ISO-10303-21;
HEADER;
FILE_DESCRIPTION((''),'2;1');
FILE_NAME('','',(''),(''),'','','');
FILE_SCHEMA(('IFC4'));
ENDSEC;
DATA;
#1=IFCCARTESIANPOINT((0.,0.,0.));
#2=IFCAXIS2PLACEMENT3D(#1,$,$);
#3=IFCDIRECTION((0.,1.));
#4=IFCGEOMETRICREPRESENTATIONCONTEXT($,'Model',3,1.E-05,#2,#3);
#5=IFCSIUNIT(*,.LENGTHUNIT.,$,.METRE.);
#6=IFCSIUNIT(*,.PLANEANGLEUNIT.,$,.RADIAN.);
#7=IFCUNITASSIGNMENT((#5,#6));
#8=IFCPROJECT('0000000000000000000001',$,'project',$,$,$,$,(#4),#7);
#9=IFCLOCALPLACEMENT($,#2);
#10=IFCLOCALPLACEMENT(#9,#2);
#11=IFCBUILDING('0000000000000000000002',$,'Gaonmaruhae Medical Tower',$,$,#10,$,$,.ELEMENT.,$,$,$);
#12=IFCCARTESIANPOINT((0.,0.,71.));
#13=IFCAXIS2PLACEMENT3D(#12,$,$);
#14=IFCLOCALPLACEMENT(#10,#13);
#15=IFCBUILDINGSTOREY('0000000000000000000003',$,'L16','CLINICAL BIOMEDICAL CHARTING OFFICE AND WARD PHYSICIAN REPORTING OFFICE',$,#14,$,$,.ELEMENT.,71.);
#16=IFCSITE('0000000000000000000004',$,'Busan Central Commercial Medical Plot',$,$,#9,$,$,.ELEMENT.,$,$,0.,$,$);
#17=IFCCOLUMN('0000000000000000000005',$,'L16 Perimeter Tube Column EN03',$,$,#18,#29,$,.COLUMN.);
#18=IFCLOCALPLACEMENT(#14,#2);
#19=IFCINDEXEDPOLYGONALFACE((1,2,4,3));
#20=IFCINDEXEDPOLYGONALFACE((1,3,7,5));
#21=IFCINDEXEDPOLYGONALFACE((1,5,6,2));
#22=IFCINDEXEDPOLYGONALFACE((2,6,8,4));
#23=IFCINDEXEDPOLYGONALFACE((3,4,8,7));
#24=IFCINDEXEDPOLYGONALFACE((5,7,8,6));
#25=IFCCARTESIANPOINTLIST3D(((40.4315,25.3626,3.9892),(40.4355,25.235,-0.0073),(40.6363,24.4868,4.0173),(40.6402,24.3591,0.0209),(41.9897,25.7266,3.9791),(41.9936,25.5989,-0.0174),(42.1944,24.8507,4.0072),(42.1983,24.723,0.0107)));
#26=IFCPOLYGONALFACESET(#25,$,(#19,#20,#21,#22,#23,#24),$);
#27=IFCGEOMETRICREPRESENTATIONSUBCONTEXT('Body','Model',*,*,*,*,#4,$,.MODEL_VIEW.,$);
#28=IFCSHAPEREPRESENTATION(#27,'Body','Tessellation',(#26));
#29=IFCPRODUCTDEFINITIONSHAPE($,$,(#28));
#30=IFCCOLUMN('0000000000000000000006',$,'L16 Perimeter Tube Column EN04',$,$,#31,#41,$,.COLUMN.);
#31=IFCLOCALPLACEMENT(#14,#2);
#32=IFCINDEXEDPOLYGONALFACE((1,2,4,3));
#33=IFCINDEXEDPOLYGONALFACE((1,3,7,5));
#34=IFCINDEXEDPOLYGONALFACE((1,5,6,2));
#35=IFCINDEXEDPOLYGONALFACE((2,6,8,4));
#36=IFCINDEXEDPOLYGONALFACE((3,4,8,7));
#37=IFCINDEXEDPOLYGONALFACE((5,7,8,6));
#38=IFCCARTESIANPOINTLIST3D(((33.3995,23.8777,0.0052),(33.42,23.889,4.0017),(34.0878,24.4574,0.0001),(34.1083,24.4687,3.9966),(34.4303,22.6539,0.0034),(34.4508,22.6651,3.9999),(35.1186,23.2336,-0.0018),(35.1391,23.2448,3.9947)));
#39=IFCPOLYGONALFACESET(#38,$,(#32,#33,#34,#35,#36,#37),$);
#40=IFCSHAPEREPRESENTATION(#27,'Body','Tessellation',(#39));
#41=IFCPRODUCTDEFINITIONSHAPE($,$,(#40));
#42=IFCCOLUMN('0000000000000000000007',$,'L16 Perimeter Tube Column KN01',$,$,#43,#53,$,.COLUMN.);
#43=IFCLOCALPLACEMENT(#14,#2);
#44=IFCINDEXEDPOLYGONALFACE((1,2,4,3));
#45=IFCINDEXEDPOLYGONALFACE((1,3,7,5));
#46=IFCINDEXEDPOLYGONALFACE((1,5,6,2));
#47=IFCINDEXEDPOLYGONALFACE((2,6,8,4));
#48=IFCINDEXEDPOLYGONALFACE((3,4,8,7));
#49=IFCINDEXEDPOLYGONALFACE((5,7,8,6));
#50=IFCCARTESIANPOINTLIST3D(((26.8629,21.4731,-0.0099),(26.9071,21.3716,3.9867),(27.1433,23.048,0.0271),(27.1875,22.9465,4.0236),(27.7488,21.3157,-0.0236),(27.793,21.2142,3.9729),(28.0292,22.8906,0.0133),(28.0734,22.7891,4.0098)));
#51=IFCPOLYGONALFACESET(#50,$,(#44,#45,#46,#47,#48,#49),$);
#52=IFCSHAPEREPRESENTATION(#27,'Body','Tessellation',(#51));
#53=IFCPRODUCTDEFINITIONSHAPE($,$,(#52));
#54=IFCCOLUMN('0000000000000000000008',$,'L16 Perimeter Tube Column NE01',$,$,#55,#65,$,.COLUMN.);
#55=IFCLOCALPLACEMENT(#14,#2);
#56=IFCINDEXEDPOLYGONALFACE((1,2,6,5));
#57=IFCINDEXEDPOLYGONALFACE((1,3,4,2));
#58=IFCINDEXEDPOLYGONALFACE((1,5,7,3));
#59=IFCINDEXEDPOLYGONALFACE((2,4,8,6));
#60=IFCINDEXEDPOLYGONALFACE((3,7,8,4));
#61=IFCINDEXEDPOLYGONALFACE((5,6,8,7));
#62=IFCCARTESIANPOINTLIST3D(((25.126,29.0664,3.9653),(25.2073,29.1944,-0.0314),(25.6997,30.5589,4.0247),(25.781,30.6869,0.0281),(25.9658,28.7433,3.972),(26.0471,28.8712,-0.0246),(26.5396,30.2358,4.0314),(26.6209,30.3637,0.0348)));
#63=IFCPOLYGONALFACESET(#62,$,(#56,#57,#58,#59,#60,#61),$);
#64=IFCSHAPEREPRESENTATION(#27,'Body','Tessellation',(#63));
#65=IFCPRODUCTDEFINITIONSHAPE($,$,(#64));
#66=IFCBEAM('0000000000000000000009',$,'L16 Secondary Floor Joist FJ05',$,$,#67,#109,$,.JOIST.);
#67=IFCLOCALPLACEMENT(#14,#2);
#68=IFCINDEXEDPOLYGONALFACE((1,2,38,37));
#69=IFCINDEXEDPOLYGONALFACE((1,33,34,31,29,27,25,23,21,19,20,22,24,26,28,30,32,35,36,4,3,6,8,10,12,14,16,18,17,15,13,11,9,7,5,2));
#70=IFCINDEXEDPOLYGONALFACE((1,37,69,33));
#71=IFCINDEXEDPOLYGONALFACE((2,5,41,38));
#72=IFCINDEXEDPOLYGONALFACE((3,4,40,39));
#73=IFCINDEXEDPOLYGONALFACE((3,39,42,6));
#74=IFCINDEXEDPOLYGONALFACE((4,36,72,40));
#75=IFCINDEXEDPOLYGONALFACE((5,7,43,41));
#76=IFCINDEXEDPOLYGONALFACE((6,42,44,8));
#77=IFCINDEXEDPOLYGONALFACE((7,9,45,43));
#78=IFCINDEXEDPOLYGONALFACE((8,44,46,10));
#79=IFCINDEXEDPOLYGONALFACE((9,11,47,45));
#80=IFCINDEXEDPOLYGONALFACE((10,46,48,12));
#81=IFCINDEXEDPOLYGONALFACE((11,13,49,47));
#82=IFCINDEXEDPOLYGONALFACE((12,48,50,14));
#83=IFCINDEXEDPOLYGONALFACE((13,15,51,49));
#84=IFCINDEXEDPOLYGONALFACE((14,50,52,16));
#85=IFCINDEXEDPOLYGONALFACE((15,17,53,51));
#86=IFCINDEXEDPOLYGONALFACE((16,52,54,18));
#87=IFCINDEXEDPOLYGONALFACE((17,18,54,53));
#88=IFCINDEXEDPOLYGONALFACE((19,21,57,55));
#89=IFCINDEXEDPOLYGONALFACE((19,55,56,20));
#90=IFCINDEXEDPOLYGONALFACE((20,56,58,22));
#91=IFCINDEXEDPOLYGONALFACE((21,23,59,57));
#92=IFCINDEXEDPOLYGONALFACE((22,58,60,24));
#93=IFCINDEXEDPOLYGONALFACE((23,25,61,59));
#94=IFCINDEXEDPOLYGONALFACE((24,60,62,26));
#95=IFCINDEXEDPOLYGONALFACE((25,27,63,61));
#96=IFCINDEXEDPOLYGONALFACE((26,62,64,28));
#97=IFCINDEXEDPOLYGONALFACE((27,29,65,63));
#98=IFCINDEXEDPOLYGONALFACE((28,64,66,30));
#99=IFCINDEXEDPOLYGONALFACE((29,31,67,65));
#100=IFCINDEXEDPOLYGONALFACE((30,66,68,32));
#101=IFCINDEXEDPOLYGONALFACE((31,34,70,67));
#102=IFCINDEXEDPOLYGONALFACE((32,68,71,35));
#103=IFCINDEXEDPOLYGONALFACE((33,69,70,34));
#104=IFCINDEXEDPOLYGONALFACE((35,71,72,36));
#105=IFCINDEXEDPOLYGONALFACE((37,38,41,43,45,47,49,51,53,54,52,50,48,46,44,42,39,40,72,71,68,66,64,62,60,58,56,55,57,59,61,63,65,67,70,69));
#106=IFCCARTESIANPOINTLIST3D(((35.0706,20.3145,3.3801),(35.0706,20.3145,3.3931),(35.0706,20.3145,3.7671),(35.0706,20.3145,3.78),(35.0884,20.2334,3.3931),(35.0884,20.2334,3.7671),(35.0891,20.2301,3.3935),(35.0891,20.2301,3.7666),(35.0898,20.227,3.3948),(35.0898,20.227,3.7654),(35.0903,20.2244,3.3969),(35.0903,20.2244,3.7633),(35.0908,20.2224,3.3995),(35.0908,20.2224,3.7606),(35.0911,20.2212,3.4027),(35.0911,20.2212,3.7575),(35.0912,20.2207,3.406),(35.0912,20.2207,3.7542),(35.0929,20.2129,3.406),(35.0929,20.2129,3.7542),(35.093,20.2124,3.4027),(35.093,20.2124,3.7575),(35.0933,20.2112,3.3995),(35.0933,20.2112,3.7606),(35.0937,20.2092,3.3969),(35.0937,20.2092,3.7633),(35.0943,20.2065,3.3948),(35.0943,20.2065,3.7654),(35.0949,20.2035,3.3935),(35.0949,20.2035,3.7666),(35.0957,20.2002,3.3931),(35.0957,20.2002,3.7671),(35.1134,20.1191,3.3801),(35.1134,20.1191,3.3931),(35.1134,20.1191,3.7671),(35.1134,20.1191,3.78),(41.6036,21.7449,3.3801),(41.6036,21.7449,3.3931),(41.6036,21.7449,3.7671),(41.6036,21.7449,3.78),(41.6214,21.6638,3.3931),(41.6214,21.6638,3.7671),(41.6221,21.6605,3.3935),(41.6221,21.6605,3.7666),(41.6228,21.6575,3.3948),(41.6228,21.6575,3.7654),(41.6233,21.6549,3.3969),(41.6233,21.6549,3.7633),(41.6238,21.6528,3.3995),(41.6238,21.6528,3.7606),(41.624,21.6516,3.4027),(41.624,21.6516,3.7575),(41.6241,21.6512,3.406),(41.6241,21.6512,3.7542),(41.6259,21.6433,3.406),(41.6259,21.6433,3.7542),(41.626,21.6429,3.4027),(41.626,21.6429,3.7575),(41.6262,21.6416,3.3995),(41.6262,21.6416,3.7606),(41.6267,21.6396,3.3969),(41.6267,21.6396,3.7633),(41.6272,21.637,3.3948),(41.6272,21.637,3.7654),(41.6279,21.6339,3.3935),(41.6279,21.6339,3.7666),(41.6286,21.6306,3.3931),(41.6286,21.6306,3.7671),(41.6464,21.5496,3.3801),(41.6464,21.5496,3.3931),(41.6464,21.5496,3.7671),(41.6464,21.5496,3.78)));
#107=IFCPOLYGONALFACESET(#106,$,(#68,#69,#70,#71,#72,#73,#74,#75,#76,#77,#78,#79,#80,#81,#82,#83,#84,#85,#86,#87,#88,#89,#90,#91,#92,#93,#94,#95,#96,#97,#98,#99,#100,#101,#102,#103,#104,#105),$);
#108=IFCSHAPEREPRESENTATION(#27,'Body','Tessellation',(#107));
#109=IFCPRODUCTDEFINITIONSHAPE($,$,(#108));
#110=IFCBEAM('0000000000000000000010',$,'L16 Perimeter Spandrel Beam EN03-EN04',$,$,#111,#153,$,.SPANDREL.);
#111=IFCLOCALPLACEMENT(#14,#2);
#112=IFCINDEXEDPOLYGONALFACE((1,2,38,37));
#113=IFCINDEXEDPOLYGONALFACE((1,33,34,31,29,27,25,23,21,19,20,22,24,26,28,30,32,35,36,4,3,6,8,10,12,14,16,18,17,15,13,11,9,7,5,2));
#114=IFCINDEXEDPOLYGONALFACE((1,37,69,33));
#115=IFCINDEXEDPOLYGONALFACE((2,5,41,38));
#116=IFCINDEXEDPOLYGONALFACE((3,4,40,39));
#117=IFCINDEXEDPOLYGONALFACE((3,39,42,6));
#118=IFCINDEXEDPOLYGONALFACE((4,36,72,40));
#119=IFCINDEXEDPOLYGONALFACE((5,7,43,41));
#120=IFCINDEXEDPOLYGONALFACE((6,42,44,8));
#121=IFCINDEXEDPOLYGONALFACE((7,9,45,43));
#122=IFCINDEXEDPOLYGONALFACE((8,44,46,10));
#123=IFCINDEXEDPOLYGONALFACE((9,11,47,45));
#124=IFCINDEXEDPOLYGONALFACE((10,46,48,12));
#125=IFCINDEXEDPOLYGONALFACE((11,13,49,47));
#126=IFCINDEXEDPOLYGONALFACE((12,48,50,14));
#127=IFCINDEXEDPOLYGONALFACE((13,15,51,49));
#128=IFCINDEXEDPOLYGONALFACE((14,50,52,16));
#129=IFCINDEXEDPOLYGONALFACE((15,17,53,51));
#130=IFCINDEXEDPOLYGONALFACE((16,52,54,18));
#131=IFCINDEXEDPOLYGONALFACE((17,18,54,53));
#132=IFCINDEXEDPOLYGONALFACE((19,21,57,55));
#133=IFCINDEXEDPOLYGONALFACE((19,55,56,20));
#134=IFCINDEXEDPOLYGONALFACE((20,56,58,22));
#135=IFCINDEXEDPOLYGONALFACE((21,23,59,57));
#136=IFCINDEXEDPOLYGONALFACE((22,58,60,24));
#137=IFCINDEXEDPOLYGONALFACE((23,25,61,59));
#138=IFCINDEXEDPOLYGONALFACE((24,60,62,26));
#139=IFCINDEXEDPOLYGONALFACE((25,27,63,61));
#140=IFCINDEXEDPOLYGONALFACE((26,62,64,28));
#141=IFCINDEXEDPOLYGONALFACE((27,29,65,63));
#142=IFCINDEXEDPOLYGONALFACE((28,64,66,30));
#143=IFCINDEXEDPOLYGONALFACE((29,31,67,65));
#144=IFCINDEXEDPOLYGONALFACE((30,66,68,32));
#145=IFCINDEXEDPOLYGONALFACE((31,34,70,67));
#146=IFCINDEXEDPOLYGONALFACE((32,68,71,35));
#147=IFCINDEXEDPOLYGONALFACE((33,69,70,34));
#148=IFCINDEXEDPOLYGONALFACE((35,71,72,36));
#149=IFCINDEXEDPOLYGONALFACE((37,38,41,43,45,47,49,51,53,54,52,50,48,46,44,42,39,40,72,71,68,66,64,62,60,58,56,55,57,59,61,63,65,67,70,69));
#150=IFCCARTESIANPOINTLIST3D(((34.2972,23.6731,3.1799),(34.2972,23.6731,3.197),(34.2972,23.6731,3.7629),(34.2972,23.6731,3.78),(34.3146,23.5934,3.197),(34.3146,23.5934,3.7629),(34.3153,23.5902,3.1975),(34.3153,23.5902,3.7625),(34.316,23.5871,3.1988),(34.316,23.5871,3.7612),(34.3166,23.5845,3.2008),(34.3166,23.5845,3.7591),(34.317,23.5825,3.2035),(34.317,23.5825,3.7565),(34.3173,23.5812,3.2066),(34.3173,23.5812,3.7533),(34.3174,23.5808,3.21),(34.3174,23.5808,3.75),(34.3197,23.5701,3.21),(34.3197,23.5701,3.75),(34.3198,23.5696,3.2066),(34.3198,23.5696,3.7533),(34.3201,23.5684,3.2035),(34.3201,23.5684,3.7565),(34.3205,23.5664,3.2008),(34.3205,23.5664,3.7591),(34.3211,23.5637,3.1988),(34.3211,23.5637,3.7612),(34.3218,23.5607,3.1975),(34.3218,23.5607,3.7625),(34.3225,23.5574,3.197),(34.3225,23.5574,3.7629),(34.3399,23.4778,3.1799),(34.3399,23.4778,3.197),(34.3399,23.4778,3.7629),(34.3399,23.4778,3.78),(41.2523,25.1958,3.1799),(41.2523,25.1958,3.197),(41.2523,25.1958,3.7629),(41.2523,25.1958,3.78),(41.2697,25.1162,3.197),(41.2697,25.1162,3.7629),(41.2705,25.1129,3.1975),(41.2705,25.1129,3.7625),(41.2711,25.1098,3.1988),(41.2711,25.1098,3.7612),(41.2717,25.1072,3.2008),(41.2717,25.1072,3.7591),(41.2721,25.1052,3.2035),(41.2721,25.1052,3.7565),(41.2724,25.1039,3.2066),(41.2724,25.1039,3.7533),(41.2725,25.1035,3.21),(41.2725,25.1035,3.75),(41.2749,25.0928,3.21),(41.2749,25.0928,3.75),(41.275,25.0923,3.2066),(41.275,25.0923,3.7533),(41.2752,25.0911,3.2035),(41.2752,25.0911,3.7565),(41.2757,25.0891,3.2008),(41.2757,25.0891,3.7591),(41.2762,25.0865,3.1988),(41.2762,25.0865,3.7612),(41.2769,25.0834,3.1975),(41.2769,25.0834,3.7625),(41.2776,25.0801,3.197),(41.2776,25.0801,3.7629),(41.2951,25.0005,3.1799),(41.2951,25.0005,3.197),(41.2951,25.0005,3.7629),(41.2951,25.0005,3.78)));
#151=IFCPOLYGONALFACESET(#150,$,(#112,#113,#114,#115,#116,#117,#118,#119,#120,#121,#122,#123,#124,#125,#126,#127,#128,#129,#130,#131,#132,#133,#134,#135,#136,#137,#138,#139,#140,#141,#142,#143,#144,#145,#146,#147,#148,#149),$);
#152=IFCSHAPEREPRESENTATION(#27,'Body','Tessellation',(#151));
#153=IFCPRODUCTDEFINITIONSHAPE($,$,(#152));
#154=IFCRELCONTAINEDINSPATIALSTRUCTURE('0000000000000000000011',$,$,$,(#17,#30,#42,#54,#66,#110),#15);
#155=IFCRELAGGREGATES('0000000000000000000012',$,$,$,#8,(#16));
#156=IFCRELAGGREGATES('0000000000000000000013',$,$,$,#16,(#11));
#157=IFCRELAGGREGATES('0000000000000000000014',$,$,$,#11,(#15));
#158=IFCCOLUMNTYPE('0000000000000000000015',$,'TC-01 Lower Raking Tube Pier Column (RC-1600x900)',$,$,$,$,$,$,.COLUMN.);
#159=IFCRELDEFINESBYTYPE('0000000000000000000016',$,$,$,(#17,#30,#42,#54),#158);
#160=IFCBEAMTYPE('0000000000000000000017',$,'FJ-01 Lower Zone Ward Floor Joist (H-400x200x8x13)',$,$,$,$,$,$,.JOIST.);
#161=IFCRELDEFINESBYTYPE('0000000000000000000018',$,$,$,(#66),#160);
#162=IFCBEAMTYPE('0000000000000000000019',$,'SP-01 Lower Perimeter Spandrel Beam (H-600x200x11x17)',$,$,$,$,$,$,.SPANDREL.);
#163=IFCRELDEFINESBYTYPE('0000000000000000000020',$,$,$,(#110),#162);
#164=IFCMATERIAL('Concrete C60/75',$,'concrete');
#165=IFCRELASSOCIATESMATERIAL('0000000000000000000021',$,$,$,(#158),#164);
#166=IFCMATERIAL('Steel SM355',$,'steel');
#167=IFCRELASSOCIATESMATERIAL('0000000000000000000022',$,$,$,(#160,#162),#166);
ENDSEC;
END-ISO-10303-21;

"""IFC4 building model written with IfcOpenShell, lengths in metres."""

from ifc_helpers import new_model, si_unit, direction, frame, origin, origin_2d, place, context, subcontext, project, spatial, rectangle, i_section, extrude, material, material_profile, profile_set, type_object, element, save


model = new_model("IFC4")

# Units and contexts
model_context = context("Model", 3, precision=1e-05, world=origin(), true_north=direction((0.0, 1.0)))
body_context = subcontext(model_context, "Body", "Model", "MODEL_VIEW")
ifc_project = project(units=[si_unit("LENGTHUNIT", "METRE"), si_unit("PLANEANGLEUNIT", "RADIAN")], contexts=[model_context])

# Site, building, storey
site_placement = place(None, origin())
site = spatial("IfcSite", under=ifc_project, at=site_placement, Name="Busan Central Commercial Medical Plot", CompositionType="ELEMENT", RefElevation=0.0)
building_placement = place(site_placement, origin())
building = spatial("IfcBuilding", under=site, at=building_placement, Name="Gaonmaruhae Medical Tower", CompositionType="ELEMENT")
storey_placement = place(building_placement, frame((0.0, 0.0, 71.0)))
storey = spatial("IfcBuildingStorey", under=building, at=storey_placement, Name="L16", Description="CLINICAL BIOMEDICAL CHARTING OFFICE AND WARD PHYSICIAN REPORTING OFFICE", CompositionType="ELEMENT", Elevation=71.0)

# Columns
ifc_material_1 = material(Name="Concrete C60/75", Category="concrete")
ifc_material_profile_1 = material_profile(ifc_material_1, rectangle(XDim=1.6001, YDim=0.8999, at=origin_2d()), Name="RC-1600x900")
ifc_profile_set_1 = profile_set([ifc_material_profile_1], Name="Concrete C60/75")
column_type = type_object("IfcColumnType", Name="TC-01 Lower Raking Tube Pier Column (RC-1600x900)", PredefinedType="COLUMN", material=ifc_profile_set_1)
column_1_placement = place(storey_placement, frame((41.3169, 24.979, 0.0017), z_axis=(-0.000977, 0.031932, 0.99949), x_axis=(-0.973772, -0.227439, 0.006315)))
element("IfcColumn", 1, at=column_1_placement, inside=storey, type_object=column_type, Name="L16 Perimeter Tube Column EN03", PredefinedType="COLUMN", context=body_context, shape_type="SweptSolid", body=[
    extrude(rectangle(XDim=1.6001, YDim=0.8999, at=origin_2d()), origin(), (0.0, 0.0, 1.0), 3.9985),
])
column_2_placement = place(storey_placement, frame((34.259, 23.5557, 0.0017), z_axis=(0.005131, 0.00281, 0.999983), x_axis=(-0.6442, 0.764856, 0.001156)))
element("IfcColumn", 2, at=column_2_placement, inside=storey, type_object=column_type, Name="L16 Perimeter Tube Column EN04", PredefinedType="COLUMN", context=body_context, shape_type="SweptSolid", body=[
    extrude(rectangle(XDim=1.6001, YDim=0.8999, at=origin_2d()), origin(), (0.0, 0.0, 1.0), 3.9966),
])
column_3_placement = place(storey_placement, frame((27.446, 22.1819, 0.0017), z_axis=(0.011053, -0.025403, 0.999616), x_axis=(0.175259, 0.984252, 0.023074)))
element("IfcColumn", 3, at=column_3_placement, inside=storey, type_object=column_type, Name="L16 Perimeter Tube Column KN01", PredefinedType="COLUMN", context=body_context, shape_type="SweptSolid", body=[
    extrude(rectangle(XDim=1.6001, YDim=0.8999, at=origin_2d()), origin(), (0.0, 0.0, 1.0), 3.998),
])
column_4_placement = place(storey_placement, frame((25.9141, 29.7791, 0.0017), z_axis=(-0.020327, -0.031987, 0.999282), x_axis=(0.358574, 0.932762, 0.037152)))
element("IfcColumn", 4, at=column_4_placement, inside=storey, type_object=column_type, Name="L16 Perimeter Tube Column NE01", PredefinedType="COLUMN", context=body_context, shape_type="SweptSolid", body=[
    extrude(rectangle(XDim=1.6001, YDim=0.8999, at=origin_2d()), origin(), (0.0, 0.0, 1.0), 3.9995),
])

# Beams
ifc_material_2 = material(Name="Steel SM355", Category="steel")
ifc_material_profile_2 = material_profile(ifc_material_2, i_section(OverallWidth=0.2, OverallDepth=0.3999, WebThickness=0.0081, FlangeThickness=0.0129, FilletRadius=0.0129, at=origin_2d()), Name="H-400x200x8x13")
ifc_profile_set_2 = profile_set([ifc_material_profile_2], Name="Steel SM355")
beam_type_1 = type_object("IfcBeamType", Name="FJ-01 Lower Zone Ward Floor Joist (H-400x200x8x13)", PredefinedType="JOIST", material=ifc_profile_set_2)
beam_1_placement = place(storey_placement, frame((41.625, 21.6472, 3.5801), z_axis=(-0.976858, -0.213887, 0.0), x_axis=(0.213887, -0.976858, 0.0)))
element("IfcBeam", 5, at=beam_1_placement, inside=storey, type_object=beam_type_1, Name="L16 Secondary Floor Joist FJ05", PredefinedType="JOIST", context=body_context, shape_type="SweptSolid", body=[
    extrude(i_section(OverallWidth=0.2, OverallDepth=0.3999, WebThickness=0.0081, FlangeThickness=0.0129, FilletRadius=0.0129, at=origin_2d()), origin(), (0.0, 0.0, 1.0), 6.6877),
])
ifc_material_profile_3 = material_profile(ifc_material_2, i_section(OverallWidth=0.2, OverallDepth=0.6001, WebThickness=0.011, FlangeThickness=0.0171, FilletRadius=0.0129, at=origin_2d()), Name="H-600x200x11x17")
ifc_profile_set_3 = profile_set([ifc_material_profile_3], Name="Steel SM355")
beam_type_2 = type_object("IfcBeamType", Name="SP-01 Lower Perimeter Spandrel Beam (H-600x200x11x17)", PredefinedType="SPANDREL", material=ifc_profile_set_3)
beam_2_placement = place(storey_placement, frame((41.2737, 25.0981, 3.48), z_axis=(-0.976862, -0.213869, 0.0), x_axis=(0.213869, -0.976862, 0.0)))
element("IfcBeam", 6, at=beam_2_placement, inside=storey, type_object=beam_type_2, Name="L16 Perimeter Spandrel Beam EN03-EN04", PredefinedType="SPANDREL", context=body_context, shape_type="SweptSolid", body=[
    extrude(i_section(OverallWidth=0.2, OverallDepth=0.6001, WebThickness=0.011, FlangeThickness=0.0171, FilletRadius=0.0129, at=origin_2d()), origin(), (0.0, 0.0, 1.0), 7.1199),
])

save(model, "model.ifc")
